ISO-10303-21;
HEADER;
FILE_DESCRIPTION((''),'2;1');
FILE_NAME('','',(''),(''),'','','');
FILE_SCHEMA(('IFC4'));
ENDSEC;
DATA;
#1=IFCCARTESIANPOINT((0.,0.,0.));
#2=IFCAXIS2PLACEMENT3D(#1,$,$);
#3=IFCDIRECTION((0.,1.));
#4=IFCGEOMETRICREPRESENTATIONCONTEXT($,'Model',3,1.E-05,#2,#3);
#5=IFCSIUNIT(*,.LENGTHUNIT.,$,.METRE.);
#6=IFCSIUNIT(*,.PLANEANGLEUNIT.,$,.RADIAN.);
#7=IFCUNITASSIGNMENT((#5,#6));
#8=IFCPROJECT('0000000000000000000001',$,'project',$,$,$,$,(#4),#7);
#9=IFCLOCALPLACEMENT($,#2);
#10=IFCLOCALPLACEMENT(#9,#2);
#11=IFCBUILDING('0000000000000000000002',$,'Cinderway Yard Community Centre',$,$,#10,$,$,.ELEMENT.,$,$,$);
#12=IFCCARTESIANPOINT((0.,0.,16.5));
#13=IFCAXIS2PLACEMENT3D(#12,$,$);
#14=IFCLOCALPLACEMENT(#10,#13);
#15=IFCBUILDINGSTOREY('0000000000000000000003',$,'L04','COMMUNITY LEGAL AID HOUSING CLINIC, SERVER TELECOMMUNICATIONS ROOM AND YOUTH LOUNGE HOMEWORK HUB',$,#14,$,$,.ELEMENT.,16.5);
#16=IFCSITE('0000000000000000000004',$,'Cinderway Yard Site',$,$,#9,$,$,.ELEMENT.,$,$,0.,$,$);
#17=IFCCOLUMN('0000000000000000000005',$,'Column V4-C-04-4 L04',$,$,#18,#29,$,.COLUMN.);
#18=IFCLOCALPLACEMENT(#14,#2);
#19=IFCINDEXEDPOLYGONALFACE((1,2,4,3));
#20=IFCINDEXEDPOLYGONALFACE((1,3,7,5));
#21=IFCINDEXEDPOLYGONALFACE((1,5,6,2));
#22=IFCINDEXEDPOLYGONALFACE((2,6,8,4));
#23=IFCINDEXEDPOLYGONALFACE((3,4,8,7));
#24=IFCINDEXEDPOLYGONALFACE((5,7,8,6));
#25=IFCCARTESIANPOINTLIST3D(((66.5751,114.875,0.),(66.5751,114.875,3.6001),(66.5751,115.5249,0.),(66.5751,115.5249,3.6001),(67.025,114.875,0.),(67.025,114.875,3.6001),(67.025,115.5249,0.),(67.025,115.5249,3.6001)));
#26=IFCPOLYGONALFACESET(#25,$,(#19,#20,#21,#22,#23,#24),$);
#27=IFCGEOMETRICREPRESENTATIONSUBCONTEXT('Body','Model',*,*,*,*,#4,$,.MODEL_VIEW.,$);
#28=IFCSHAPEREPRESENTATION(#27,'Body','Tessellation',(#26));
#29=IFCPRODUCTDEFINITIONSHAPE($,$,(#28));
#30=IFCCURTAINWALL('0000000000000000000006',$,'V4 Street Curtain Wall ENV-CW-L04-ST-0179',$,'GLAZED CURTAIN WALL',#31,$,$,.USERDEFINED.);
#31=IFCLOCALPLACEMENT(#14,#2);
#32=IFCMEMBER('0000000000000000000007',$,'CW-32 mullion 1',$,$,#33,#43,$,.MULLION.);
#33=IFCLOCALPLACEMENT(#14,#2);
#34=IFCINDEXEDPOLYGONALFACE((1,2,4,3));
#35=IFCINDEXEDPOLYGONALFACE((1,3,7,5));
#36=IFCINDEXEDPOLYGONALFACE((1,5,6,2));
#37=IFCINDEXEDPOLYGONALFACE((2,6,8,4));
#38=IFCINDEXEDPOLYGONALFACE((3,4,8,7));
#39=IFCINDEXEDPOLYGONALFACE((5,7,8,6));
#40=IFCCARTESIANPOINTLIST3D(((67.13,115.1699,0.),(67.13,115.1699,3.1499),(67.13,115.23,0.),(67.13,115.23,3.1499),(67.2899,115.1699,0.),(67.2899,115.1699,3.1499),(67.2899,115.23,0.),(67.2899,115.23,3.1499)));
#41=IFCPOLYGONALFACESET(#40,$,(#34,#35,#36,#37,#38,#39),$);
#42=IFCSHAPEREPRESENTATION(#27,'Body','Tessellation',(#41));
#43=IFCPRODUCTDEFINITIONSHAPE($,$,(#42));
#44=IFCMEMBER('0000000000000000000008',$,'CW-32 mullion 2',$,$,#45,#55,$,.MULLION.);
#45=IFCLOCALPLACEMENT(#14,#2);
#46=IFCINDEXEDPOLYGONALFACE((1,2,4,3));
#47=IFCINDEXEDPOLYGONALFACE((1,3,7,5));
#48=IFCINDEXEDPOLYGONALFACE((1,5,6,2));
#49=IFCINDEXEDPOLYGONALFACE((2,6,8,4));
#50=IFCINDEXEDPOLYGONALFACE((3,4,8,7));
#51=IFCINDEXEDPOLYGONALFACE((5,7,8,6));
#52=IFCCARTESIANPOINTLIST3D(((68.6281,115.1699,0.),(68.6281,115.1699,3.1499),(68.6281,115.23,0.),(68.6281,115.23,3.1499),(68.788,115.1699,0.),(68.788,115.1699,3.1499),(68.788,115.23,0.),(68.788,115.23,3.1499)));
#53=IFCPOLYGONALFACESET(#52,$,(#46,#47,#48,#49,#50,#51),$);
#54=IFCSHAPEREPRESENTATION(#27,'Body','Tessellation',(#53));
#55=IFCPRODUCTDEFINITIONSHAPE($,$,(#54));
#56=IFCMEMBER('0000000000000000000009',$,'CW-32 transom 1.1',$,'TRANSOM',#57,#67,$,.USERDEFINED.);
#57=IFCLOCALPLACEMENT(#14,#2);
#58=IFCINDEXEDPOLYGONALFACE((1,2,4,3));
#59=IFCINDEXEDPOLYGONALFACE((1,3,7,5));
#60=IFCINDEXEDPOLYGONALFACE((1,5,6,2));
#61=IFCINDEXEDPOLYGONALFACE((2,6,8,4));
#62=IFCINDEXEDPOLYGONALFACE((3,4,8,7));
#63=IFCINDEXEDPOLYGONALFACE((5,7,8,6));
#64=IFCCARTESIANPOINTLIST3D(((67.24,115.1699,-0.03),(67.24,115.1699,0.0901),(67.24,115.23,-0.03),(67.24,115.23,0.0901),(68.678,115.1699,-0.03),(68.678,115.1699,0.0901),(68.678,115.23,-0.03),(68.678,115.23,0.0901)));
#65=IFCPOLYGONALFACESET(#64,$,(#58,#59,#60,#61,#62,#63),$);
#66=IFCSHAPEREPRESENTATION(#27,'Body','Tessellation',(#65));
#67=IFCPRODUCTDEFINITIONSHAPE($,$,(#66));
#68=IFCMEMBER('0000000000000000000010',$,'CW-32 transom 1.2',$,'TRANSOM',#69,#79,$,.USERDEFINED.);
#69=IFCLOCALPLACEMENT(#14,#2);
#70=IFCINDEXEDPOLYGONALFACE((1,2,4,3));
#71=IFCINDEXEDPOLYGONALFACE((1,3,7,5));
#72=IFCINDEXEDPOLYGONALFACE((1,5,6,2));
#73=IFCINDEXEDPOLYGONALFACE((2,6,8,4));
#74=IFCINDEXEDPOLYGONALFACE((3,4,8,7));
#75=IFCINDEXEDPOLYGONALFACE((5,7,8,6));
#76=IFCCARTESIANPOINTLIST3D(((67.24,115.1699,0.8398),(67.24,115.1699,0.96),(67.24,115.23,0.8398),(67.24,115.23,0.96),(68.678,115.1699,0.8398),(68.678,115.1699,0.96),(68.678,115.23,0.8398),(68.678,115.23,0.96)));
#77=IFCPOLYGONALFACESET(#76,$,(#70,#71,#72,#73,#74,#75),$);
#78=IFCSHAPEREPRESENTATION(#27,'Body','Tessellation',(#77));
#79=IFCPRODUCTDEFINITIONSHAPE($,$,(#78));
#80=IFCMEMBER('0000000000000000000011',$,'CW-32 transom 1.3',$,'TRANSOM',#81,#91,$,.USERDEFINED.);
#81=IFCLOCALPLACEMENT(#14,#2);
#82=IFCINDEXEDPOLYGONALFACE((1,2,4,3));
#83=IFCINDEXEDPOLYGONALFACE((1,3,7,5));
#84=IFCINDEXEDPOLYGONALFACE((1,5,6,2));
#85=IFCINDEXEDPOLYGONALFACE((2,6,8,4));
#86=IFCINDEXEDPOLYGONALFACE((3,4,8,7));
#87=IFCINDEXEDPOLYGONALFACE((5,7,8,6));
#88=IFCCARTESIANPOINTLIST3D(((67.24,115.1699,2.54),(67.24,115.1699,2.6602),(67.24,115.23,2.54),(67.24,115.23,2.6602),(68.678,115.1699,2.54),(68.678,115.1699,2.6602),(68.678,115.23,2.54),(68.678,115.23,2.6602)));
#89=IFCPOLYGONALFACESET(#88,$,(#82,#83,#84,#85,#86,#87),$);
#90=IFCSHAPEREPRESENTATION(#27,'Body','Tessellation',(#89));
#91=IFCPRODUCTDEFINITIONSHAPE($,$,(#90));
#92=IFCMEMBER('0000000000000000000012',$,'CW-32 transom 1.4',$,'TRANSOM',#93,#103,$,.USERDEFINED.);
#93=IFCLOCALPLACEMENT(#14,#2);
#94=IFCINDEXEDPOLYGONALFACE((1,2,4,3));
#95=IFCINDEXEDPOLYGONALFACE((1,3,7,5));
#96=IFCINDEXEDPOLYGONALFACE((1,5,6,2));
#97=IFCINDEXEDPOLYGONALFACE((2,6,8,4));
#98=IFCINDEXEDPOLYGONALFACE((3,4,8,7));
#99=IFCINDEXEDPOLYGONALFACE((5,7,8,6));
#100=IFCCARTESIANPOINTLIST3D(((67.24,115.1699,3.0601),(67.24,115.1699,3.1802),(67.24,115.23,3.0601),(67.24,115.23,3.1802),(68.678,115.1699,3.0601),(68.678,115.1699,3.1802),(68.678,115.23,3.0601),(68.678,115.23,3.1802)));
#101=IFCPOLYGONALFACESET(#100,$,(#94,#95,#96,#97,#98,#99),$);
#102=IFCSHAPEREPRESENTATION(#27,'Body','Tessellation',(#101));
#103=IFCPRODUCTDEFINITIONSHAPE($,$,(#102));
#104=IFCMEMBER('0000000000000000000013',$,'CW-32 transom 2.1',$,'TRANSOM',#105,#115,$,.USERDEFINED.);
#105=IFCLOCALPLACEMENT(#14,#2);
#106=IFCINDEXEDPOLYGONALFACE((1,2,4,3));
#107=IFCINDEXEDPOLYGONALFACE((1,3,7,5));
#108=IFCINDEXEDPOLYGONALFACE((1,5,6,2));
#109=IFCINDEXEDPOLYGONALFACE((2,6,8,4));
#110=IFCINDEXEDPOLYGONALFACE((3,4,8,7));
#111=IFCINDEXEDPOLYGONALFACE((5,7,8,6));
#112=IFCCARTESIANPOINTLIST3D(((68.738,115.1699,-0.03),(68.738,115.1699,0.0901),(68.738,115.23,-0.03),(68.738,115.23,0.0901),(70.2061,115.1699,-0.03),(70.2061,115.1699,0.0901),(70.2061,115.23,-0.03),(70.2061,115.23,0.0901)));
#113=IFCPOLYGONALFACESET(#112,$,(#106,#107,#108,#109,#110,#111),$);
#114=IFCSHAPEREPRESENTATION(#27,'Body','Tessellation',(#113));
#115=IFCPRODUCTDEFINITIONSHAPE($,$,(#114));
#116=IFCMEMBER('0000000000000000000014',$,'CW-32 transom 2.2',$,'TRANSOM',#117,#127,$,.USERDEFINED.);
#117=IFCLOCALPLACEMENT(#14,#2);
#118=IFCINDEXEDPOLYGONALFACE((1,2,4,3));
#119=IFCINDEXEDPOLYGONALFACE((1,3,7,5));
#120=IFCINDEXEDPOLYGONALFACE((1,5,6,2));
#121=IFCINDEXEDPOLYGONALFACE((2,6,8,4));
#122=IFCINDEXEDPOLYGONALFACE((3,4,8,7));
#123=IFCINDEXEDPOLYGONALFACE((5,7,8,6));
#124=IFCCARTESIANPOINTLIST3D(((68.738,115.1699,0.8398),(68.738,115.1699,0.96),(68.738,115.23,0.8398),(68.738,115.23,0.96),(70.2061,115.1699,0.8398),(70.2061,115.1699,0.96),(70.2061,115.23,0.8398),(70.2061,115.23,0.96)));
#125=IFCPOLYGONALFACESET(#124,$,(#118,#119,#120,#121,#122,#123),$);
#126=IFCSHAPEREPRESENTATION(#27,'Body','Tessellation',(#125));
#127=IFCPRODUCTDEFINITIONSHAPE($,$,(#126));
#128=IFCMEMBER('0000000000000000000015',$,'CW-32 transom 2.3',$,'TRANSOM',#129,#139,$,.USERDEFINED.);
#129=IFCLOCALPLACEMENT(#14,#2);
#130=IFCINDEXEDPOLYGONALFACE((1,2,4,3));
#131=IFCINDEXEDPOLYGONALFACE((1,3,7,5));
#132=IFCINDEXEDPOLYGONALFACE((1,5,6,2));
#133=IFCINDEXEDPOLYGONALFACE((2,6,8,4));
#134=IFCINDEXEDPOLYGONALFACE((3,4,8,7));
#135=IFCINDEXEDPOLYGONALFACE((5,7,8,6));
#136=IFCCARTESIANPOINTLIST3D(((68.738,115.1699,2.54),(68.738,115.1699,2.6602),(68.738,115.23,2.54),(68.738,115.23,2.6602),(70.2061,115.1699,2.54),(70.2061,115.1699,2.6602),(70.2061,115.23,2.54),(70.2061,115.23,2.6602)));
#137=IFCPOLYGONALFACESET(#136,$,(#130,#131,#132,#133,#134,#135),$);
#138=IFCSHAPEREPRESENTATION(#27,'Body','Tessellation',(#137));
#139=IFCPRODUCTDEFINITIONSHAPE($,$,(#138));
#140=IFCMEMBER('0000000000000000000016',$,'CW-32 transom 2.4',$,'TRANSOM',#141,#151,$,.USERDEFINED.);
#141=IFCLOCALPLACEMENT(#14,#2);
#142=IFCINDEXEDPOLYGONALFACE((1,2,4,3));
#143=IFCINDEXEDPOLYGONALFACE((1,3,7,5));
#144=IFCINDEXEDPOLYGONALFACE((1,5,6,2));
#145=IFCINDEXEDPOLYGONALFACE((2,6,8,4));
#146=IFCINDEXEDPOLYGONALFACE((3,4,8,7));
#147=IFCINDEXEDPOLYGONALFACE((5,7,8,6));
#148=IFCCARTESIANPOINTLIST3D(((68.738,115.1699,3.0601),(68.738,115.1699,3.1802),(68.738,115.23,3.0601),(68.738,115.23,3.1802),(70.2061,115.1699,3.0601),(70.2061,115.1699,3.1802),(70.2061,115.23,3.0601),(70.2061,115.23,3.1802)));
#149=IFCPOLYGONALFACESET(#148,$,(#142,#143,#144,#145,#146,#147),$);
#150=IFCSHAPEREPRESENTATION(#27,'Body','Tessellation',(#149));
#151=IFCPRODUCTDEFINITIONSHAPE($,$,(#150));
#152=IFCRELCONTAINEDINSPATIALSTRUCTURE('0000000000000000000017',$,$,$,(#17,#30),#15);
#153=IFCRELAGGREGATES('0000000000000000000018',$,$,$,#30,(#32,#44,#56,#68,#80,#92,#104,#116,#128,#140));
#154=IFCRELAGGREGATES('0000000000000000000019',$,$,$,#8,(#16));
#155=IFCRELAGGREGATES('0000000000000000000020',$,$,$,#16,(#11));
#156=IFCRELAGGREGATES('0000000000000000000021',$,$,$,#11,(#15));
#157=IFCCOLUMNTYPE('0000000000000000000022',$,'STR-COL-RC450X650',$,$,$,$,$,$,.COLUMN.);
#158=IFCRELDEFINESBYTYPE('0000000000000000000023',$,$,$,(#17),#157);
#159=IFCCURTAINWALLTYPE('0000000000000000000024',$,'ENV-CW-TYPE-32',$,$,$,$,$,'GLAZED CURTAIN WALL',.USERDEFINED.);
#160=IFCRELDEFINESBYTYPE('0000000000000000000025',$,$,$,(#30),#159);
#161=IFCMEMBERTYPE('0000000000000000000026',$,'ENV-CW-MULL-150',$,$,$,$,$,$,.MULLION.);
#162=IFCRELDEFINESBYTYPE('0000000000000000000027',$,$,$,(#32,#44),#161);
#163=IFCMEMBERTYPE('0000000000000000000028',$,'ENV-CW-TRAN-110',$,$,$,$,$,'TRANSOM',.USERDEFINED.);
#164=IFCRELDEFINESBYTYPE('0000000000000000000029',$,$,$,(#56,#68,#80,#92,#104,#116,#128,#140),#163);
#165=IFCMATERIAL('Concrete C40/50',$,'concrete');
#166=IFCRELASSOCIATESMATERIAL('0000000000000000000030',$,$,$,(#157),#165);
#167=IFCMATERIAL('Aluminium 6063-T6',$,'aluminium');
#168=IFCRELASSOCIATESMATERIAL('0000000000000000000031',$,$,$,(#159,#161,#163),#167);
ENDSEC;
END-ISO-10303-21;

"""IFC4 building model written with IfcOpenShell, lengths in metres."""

from ifc_helpers import new_model, si_unit, direction, frame, origin, origin_2d, place, context, subcontext, project, spatial, rectangle, extrude, material, material_profile, profile_set, type_object, element, aggregate, save


model = new_model("IFC4")

# Units and contexts
model_context = context("Model", 3, precision=1e-05, world=origin(), true_north=direction((0.0, 1.0)))
body_context = subcontext(model_context, "Body", "Model", "MODEL_VIEW")
ifc_project = project(units=[si_unit("LENGTHUNIT", "METRE"), si_unit("PLANEANGLEUNIT", "RADIAN")], contexts=[model_context])

# Site, building, storey
site_placement = place(None, origin())
site = spatial("IfcSite", under=ifc_project, at=site_placement, Name="Cinderway Yard Site", CompositionType="ELEMENT", RefElevation=0.0)
building_placement = place(site_placement, origin())
building = spatial("IfcBuilding", under=site, at=building_placement, Name="Cinderway Yard Community Centre", CompositionType="ELEMENT")
storey_placement = place(building_placement, frame((0.0, 0.0, 16.5)))
storey = spatial("IfcBuildingStorey", under=building, at=storey_placement, Name="L04", Description="COMMUNITY LEGAL AID HOUSING CLINIC, SERVER TELECOMMUNICATIONS ROOM AND YOUTH LOUNGE HOMEWORK HUB", CompositionType="ELEMENT", Elevation=16.5)

# Column
ifc_material_1 = material(Name="Concrete C40/50", Category="concrete")
ifc_material_profile_1 = material_profile(ifc_material_1, rectangle(XDim=0.45, YDim=0.6499, at=origin_2d()), Name="Concrete C40/50")
ifc_profile_set_1 = profile_set([ifc_material_profile_1], Name="Concrete C40/50")
column_type = type_object("IfcColumnType", Name="STR-COL-RC450X650", PredefinedType="COLUMN", material=ifc_profile_set_1)
column_placement = place(storey_placement, frame((66.8, 115.2, 0.0), z_axis=(0.0, 0.0, 1.0), x_axis=(1.0, 0.0, 0.0)))
element("IfcColumn", 1, at=column_placement, inside=storey, type_object=column_type, Name="Column V4-C-04-4 L04", PredefinedType="COLUMN", context=body_context, shape_type="SweptSolid", body=[
    extrude(rectangle(XDim=0.45, YDim=0.6499, at=origin_2d()), origin(), (0.0, 0.0, 1.0), 3.6001),
])

# Curtain wall, members
ifc_material_2 = material(Name="Aluminium 6063-T6", Category="aluminium")
curtain_wall_type = type_object("IfcCurtainWallType", Name="ENV-CW-TYPE-32", ElementType="GLAZED CURTAIN WALL", PredefinedType="USERDEFINED", material=ifc_material_2)
curtain_wall_placement = place(storey_placement, origin())
curtain_wall = element("IfcCurtainWall", 2, at=curtain_wall_placement, inside=storey, type_object=curtain_wall_type, Name="V4 Street Curtain Wall ENV-CW-L04-ST-0179", ObjectType="GLAZED CURTAIN WALL", PredefinedType="USERDEFINED")
ifc_material_profile_2 = material_profile(ifc_material_2, rectangle(XDim=0.0601, YDim=0.1599, at=origin_2d()), Name="Aluminium 6063-T6")
ifc_profile_set_2 = profile_set([ifc_material_profile_2], Name="Aluminium 6063-T6")
member_type_1 = type_object("IfcMemberType", Name="ENV-CW-MULL-150", PredefinedType="MULLION", material=ifc_profile_set_2)
member_1_placement = place(storey_placement, frame((67.21, 115.2, 0.0), z_axis=(0.0, 0.0, 1.0), x_axis=(0.0, 1.0, 0.0)))
member_1 = element("IfcMember", 3, at=member_1_placement, type_object=member_type_1, Name="CW-32 mullion 1", PredefinedType="MULLION", context=body_context, shape_type="SweptSolid", body=[
    extrude(rectangle(XDim=0.0601, YDim=0.1599, at=origin_2d()), origin(), (0.0, 0.0, 1.0), 3.1499),
])
member_2_placement = place(storey_placement, frame((68.708, 115.2, 0.0), z_axis=(0.0, 0.0, 1.0), x_axis=(0.0, 1.0, 0.0)))
member_2 = element("IfcMember", 4, at=member_2_placement, type_object=member_type_1, Name="CW-32 mullion 2", PredefinedType="MULLION", context=body_context, shape_type="SweptSolid", body=[
    extrude(rectangle(XDim=0.0601, YDim=0.1599, at=origin_2d()), origin(), (0.0, 0.0, 1.0), 3.1499),
])
ifc_material_profile_3 = material_profile(ifc_material_2, rectangle(XDim=0.0601, YDim=0.1201, at=origin_2d()), Name="Aluminium 6063-T6")
ifc_profile_set_3 = profile_set([ifc_material_profile_3], Name="Aluminium 6063-T6")
member_type_2 = type_object("IfcMemberType", Name="ENV-CW-TRAN-110", ElementType="TRANSOM", PredefinedType="USERDEFINED", material=ifc_profile_set_3)
member_3_placement = place(storey_placement, frame((67.24, 115.2, 0.03), z_axis=(1.0, 0.0, 0.0), x_axis=(0.0, 1.0, 0.0)))
member_3 = element("IfcMember", 5, at=member_3_placement, type_object=member_type_2, Name="CW-32 transom 1.1", ObjectType="TRANSOM", PredefinedType="USERDEFINED", context=body_context, shape_type="SweptSolid", body=[
    extrude(rectangle(XDim=0.0601, YDim=0.1201, at=origin_2d()), origin(), (0.0, 0.0, 1.0), 1.438),
])
member_4_placement = place(storey_placement, frame((67.24, 115.2, 0.8999), z_axis=(1.0, 0.0, 0.0), x_axis=(0.0, 1.0, 0.0)))
member_4 = element("IfcMember", 6, at=member_4_placement, type_object=member_type_2, Name="CW-32 transom 1.2", ObjectType="TRANSOM", PredefinedType="USERDEFINED", context=body_context, shape_type="SweptSolid", body=[
    extrude(rectangle(XDim=0.0601, YDim=0.1201, at=origin_2d()), origin(), (0.0, 0.0, 1.0), 1.438),
])
member_5_placement = place(storey_placement, frame((67.24, 115.2, 2.6001), z_axis=(1.0, 0.0, 0.0), x_axis=(0.0, 1.0, 0.0)))
member_5 = element("IfcMember", 7, at=member_5_placement, type_object=member_type_2, Name="CW-32 transom 1.3", ObjectType="TRANSOM", PredefinedType="USERDEFINED", context=body_context, shape_type="SweptSolid", body=[
    extrude(rectangle(XDim=0.0601, YDim=0.1201, at=origin_2d()), origin(), (0.0, 0.0, 1.0), 1.438),
])
member_6_placement = place(storey_placement, frame((67.24, 115.2, 3.1201), z_axis=(1.0, 0.0, 0.0), x_axis=(0.0, 1.0, 0.0)))
member_6 = element("IfcMember", 8, at=member_6_placement, type_object=member_type_2, Name="CW-32 transom 1.4", ObjectType="TRANSOM", PredefinedType="USERDEFINED", context=body_context, shape_type="SweptSolid", body=[
    extrude(rectangle(XDim=0.0601, YDim=0.1201, at=origin_2d()), origin(), (0.0, 0.0, 1.0), 1.438),
])
member_7_placement = place(storey_placement, frame((68.738, 115.2, 0.03), z_axis=(1.0, 0.0, 0.0), x_axis=(0.0, 1.0, 0.0)))
member_7 = element("IfcMember", 9, at=member_7_placement, type_object=member_type_2, Name="CW-32 transom 2.1", ObjectType="TRANSOM", PredefinedType="USERDEFINED", context=body_context, shape_type="SweptSolid", body=[
    extrude(rectangle(XDim=0.0601, YDim=0.1201, at=origin_2d()), origin(), (0.0, 0.0, 1.0), 1.468),
])
member_8_placement = place(storey_placement, frame((68.738, 115.2, 0.8999), z_axis=(1.0, 0.0, 0.0), x_axis=(0.0, 1.0, 0.0)))
member_8 = element("IfcMember", 10, at=member_8_placement, type_object=member_type_2, Name="CW-32 transom 2.2", ObjectType="TRANSOM", PredefinedType="USERDEFINED", context=body_context, shape_type="SweptSolid", body=[
    extrude(rectangle(XDim=0.0601, YDim=0.1201, at=origin_2d()), origin(), (0.0, 0.0, 1.0), 1.468),
])
member_9_placement = place(storey_placement, frame((68.738, 115.2, 2.6001), z_axis=(1.0, 0.0, 0.0), x_axis=(0.0, 1.0, 0.0)))
member_9 = element("IfcMember", 11, at=member_9_placement, type_object=member_type_2, Name="CW-32 transom 2.3", ObjectType="TRANSOM", PredefinedType="USERDEFINED", context=body_context, shape_type="SweptSolid", body=[
    extrude(rectangle(XDim=0.0601, YDim=0.1201, at=origin_2d()), origin(), (0.0, 0.0, 1.0), 1.468),
])
member_10_placement = place(storey_placement, frame((68.738, 115.2, 3.1201), z_axis=(1.0, 0.0, 0.0), x_axis=(0.0, 1.0, 0.0)))
member_10 = element("IfcMember", 12, at=member_10_placement, type_object=member_type_2, Name="CW-32 transom 2.4", ObjectType="TRANSOM", PredefinedType="USERDEFINED", context=body_context, shape_type="SweptSolid", body=[
    extrude(rectangle(XDim=0.0601, YDim=0.1201, at=origin_2d()), origin(), (0.0, 0.0, 1.0), 1.468),
])

aggregate(curtain_wall, [member_1, member_2, member_3, member_4, member_5, member_6, member_7, member_8, member_9, member_10])

save(model, "model.ifc")
